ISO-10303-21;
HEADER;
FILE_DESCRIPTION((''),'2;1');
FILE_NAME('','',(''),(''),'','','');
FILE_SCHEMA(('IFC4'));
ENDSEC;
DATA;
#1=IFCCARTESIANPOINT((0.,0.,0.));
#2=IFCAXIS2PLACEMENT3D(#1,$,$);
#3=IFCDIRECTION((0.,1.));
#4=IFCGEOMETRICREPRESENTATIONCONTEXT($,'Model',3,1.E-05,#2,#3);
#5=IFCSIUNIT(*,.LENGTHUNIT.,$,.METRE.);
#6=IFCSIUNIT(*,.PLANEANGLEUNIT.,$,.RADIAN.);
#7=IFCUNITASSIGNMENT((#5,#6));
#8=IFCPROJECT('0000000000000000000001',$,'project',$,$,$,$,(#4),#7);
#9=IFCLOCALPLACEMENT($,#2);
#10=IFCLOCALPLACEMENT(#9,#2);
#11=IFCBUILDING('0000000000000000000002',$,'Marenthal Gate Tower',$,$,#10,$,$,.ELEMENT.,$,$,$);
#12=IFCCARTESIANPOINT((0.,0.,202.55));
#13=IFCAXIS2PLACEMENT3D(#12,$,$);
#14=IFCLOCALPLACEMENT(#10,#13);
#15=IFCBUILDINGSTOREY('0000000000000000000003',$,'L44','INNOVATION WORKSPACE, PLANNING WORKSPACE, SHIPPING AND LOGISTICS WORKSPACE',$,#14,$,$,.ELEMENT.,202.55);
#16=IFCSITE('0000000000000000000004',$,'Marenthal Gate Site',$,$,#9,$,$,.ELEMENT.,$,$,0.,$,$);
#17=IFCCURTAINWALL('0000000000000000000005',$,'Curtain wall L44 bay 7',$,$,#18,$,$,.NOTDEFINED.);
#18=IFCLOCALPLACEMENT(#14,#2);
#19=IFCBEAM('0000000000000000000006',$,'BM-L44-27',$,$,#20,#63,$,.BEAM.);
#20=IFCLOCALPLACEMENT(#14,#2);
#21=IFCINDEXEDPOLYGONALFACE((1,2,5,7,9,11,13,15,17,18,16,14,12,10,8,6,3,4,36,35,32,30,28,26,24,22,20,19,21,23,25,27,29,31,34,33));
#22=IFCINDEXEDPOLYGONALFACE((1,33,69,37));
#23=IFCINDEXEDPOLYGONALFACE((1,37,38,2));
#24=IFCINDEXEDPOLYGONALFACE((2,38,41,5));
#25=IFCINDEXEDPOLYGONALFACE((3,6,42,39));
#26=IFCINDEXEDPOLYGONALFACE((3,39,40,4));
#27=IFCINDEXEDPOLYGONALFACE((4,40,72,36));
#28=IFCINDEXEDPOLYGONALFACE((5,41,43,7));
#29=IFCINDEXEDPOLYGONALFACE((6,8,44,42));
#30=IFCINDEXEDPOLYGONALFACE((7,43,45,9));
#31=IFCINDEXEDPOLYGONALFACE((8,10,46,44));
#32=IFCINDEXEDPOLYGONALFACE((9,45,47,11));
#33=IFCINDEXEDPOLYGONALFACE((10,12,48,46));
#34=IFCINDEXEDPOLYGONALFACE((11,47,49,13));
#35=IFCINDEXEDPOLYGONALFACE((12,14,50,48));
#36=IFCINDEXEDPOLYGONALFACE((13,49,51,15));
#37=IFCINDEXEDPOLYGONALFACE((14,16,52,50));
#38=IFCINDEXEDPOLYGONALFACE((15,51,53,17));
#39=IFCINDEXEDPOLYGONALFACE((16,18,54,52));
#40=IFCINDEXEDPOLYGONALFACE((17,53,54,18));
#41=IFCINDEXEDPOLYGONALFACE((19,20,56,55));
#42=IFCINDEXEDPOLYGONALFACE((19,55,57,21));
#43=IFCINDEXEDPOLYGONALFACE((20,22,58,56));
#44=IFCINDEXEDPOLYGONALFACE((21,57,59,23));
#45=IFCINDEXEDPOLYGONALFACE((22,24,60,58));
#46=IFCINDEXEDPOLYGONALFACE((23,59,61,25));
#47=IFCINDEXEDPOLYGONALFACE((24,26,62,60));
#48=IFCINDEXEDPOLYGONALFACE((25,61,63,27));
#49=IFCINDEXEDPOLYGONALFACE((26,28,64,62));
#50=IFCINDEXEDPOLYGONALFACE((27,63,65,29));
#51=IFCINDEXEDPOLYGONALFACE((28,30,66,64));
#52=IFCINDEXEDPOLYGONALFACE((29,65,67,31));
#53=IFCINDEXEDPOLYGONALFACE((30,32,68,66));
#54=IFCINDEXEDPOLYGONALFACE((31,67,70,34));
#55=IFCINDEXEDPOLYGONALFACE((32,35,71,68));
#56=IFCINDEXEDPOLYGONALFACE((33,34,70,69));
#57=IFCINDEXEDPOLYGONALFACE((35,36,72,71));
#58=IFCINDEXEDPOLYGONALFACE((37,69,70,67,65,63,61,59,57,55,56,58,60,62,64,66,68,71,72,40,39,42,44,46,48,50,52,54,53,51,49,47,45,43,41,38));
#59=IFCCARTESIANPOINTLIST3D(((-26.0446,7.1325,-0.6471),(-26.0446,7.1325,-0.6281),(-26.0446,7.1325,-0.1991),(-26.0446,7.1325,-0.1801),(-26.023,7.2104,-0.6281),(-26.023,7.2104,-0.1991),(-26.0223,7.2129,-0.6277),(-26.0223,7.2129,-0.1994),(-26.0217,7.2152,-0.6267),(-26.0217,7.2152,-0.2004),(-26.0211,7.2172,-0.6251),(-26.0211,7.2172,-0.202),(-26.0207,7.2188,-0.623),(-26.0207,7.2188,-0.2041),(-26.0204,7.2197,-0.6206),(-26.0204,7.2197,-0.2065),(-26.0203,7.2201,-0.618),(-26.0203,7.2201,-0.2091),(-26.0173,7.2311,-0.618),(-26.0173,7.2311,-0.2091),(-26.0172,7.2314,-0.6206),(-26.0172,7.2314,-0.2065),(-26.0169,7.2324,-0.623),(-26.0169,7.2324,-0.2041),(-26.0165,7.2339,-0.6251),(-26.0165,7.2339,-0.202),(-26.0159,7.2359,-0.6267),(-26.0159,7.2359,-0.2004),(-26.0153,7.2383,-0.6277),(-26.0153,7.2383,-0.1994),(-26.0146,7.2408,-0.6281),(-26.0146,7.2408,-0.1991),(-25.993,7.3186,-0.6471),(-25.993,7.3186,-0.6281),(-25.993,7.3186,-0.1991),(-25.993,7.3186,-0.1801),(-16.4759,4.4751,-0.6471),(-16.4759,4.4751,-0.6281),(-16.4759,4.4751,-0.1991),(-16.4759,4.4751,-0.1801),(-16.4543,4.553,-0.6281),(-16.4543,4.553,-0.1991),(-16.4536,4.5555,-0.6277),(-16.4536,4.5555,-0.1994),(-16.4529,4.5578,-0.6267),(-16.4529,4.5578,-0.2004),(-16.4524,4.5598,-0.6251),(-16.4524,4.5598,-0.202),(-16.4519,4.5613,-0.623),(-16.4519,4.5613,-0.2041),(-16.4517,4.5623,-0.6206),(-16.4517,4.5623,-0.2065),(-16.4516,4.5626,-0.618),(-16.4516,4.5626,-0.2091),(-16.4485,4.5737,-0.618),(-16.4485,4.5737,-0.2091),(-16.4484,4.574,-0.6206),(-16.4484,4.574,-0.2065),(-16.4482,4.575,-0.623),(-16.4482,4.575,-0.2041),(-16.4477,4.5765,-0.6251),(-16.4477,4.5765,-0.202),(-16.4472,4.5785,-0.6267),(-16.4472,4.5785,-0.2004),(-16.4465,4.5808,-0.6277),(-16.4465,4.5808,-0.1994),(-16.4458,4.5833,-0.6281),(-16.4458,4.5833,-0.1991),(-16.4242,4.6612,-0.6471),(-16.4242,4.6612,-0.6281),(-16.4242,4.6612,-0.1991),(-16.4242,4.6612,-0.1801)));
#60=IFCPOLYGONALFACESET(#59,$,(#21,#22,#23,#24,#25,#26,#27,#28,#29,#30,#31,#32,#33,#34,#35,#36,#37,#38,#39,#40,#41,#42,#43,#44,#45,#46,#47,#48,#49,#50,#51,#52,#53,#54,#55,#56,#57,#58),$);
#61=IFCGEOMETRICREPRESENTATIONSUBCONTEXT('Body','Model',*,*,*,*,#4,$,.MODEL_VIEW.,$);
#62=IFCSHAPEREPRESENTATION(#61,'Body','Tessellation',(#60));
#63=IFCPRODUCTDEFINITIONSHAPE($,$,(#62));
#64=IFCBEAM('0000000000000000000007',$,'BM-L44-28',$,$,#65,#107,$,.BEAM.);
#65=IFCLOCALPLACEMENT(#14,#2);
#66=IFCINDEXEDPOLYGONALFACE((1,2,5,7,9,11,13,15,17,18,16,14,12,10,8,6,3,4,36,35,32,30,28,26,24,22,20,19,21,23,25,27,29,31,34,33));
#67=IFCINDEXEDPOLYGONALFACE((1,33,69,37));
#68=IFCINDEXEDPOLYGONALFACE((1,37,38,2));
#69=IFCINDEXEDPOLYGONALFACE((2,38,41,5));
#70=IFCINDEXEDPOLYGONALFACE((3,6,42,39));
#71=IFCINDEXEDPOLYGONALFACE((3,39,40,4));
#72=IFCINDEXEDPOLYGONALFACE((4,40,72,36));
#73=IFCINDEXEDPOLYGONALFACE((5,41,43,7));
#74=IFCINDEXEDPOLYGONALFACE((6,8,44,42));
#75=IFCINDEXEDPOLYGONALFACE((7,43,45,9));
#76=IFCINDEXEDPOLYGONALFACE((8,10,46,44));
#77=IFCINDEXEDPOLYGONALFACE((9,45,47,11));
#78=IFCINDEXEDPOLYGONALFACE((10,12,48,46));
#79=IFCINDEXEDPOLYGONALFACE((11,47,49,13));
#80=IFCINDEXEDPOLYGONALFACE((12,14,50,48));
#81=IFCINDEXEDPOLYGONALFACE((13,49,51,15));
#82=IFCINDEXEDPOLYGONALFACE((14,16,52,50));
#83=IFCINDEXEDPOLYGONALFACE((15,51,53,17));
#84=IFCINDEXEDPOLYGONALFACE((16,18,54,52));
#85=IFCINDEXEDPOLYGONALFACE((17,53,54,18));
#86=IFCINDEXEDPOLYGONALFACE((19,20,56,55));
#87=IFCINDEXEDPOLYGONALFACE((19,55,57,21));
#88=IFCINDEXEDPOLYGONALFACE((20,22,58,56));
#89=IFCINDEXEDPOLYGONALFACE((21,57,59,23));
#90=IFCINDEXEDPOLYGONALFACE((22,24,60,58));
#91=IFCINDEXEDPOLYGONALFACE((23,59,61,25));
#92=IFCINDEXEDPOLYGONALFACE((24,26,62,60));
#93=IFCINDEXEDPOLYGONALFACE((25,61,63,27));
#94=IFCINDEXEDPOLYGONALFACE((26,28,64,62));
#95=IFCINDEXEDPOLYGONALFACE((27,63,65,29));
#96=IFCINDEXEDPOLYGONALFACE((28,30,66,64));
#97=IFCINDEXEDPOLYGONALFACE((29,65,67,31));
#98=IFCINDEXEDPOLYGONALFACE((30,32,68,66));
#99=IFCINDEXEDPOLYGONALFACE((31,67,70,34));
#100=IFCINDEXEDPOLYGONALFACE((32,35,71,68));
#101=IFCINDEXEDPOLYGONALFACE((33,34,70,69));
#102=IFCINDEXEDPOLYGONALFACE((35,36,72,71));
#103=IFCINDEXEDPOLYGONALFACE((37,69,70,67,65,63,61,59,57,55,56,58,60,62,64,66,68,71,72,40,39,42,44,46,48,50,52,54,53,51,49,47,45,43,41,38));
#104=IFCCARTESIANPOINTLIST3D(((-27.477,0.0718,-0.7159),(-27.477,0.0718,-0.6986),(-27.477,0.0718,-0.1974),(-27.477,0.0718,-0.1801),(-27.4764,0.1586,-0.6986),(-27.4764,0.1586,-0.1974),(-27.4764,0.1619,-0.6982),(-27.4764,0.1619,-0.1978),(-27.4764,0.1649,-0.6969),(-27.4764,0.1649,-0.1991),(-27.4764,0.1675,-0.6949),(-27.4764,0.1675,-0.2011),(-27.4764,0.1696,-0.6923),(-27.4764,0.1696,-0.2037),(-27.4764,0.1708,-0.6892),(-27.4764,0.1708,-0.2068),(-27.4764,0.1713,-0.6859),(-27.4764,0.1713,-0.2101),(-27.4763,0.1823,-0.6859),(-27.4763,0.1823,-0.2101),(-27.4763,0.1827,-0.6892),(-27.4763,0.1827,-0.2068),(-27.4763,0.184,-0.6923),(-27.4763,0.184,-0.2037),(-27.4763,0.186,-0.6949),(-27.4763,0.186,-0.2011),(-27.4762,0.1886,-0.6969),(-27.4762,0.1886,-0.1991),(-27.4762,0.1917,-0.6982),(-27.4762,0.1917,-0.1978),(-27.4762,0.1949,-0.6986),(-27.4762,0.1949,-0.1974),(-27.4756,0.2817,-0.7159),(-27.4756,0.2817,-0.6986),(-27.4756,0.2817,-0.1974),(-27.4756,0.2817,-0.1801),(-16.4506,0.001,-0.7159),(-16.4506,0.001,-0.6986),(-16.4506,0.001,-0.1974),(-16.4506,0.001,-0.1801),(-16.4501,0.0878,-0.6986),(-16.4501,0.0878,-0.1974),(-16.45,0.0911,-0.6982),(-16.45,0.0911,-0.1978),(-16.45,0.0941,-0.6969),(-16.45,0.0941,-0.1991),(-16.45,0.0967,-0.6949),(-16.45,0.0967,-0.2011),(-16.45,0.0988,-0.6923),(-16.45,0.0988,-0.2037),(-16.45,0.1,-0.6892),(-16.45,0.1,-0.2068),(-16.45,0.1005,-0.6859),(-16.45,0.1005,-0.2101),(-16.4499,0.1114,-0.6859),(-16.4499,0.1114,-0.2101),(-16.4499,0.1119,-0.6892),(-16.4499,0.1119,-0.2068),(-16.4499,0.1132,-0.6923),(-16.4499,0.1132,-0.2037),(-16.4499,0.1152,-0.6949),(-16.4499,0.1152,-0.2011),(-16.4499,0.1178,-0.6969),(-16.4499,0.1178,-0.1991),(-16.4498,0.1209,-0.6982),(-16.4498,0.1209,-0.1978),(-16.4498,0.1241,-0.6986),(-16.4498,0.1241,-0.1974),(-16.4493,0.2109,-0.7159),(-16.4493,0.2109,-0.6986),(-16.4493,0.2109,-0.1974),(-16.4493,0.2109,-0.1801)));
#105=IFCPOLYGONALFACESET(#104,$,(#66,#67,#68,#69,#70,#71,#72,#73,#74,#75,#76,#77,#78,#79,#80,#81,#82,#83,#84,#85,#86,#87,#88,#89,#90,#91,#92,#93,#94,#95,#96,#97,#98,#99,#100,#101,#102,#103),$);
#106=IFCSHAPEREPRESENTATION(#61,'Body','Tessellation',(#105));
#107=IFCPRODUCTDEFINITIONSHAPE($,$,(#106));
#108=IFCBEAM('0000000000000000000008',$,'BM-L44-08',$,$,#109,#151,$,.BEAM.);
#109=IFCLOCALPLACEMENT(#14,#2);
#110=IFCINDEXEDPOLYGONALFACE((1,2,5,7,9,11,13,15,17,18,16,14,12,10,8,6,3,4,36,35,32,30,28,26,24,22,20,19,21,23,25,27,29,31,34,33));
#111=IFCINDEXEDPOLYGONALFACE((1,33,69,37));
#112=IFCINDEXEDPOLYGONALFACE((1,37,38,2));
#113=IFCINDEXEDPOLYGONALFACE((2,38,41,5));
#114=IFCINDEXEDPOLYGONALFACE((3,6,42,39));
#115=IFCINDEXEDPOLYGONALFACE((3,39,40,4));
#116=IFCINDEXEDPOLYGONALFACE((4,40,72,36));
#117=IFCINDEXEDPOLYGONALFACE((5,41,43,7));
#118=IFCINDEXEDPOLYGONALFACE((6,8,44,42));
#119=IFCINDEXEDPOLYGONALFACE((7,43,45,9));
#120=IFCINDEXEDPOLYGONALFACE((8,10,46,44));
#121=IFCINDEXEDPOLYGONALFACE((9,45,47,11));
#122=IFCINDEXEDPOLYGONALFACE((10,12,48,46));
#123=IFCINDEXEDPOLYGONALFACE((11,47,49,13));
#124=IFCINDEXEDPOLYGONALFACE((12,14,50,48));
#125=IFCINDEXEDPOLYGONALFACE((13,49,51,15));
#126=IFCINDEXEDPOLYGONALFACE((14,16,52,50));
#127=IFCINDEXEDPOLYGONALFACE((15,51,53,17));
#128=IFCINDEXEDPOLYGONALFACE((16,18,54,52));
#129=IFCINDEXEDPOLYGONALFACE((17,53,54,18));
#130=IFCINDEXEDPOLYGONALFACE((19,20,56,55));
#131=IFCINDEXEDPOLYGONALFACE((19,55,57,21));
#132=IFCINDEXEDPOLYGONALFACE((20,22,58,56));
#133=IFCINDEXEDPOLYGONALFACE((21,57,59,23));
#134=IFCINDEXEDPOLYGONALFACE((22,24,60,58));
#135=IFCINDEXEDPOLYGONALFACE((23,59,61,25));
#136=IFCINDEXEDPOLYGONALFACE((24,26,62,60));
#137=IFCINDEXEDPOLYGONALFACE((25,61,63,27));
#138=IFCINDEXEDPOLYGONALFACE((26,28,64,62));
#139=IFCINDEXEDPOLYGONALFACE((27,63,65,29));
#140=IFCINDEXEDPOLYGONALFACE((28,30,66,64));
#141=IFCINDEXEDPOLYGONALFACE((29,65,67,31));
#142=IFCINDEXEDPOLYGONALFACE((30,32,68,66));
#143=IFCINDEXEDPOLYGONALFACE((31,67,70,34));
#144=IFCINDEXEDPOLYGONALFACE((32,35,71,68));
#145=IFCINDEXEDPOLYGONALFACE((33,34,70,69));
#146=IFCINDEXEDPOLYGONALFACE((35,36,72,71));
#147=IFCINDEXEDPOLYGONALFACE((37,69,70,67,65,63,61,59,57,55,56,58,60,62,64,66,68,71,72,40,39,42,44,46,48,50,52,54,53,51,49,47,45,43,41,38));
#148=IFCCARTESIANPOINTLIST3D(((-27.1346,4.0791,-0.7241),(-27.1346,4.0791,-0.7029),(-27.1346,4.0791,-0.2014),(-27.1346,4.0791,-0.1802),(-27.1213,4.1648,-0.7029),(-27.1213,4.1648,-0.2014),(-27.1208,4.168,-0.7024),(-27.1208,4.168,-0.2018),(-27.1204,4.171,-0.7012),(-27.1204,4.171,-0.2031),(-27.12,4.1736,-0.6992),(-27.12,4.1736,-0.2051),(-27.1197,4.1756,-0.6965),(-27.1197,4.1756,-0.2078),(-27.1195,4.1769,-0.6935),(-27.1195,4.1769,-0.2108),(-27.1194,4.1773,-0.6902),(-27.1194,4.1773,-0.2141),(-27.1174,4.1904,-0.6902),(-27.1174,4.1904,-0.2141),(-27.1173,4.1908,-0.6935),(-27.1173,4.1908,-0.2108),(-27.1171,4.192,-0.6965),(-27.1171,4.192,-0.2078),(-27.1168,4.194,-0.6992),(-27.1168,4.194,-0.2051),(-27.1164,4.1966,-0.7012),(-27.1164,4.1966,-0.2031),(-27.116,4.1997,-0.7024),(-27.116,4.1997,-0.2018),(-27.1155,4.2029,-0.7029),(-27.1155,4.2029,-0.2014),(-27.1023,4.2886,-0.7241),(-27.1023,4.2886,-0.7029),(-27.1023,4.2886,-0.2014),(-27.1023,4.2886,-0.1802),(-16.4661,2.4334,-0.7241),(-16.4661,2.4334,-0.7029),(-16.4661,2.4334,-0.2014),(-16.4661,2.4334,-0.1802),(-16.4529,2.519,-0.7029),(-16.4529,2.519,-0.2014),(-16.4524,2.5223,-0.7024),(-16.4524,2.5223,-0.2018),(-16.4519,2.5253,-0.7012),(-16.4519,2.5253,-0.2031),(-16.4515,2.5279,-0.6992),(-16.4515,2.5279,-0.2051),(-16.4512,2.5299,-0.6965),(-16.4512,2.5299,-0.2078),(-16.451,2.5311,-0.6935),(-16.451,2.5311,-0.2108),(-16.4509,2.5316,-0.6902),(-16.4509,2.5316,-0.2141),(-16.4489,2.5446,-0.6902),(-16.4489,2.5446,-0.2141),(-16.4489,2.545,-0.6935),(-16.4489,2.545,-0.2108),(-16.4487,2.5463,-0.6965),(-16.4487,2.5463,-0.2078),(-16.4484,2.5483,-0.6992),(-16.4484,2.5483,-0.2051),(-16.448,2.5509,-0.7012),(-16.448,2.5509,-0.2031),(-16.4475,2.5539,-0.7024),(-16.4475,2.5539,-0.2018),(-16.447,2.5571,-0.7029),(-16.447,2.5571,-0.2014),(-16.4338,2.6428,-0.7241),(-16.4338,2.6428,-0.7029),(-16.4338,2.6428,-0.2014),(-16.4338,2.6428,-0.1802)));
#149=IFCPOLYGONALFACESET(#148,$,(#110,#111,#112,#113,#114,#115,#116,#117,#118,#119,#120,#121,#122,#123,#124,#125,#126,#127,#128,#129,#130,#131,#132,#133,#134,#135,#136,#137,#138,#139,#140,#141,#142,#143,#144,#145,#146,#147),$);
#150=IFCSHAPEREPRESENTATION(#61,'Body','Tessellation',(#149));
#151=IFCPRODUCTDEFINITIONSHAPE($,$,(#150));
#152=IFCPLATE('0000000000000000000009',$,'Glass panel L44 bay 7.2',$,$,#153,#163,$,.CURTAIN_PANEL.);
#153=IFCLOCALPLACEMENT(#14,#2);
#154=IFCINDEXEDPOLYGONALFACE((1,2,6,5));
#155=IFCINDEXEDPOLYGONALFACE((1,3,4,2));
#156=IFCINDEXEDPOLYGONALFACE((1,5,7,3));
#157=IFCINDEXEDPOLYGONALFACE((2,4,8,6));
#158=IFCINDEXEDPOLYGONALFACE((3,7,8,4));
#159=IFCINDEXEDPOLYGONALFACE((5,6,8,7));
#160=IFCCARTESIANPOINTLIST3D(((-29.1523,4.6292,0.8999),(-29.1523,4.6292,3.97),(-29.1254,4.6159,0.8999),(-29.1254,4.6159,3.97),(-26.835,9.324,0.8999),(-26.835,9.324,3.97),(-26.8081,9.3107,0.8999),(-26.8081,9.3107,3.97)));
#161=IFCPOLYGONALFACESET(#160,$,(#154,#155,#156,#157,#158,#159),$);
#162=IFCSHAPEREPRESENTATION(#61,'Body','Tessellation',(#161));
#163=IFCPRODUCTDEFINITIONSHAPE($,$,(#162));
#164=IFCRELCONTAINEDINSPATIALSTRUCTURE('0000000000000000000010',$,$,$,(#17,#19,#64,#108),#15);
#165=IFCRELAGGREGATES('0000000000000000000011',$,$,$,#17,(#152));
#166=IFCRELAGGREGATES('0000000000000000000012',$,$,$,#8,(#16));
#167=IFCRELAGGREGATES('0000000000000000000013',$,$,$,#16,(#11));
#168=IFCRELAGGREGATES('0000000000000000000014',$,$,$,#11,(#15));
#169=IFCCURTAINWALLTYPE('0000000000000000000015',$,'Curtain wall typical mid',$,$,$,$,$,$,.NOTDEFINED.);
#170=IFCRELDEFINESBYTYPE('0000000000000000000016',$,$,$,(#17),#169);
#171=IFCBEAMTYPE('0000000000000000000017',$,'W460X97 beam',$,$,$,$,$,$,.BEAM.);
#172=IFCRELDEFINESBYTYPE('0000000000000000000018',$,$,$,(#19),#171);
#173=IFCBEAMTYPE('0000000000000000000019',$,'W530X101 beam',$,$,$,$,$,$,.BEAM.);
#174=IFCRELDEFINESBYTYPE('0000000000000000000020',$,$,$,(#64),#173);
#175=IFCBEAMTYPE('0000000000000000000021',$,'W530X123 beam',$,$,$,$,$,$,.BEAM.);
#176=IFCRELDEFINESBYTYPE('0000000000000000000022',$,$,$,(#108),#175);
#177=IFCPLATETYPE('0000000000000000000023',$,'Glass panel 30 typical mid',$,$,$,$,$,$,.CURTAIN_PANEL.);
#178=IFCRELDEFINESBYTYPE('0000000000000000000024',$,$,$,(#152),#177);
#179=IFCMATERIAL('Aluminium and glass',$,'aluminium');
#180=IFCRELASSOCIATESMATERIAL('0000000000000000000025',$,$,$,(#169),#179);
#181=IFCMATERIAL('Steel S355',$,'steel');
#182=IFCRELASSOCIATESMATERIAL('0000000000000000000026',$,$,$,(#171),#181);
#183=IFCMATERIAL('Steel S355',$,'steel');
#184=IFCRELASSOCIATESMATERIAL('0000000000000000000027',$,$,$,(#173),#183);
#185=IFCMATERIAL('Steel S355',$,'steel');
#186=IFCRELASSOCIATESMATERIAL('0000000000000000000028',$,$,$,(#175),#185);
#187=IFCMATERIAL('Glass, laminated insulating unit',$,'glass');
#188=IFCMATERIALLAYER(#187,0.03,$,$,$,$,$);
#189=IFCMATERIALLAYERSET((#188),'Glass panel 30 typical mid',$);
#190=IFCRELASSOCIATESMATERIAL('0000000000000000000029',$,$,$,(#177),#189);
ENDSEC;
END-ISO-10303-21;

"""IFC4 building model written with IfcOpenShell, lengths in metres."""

from ifc_helpers import new_model, si_unit, direction, frame, origin, origin_2d, place, context, subcontext, project, spatial, rectangle, i_section, extrude, material, layer, layer_set, material_profile, profile_set, type_object, element, aggregate, save


model = new_model("IFC4")

# Units and contexts
model_context = context("Model", 3, precision=1e-05, world=origin(), true_north=direction((0.0, 1.0)))
body_context = subcontext(model_context, "Body", "Model", "MODEL_VIEW")
ifc_project = project(units=[si_unit("LENGTHUNIT", "METRE"), si_unit("PLANEANGLEUNIT", "RADIAN")], contexts=[model_context])

# Site, building, storey
site_placement = place(None, origin())
site = spatial("IfcSite", under=ifc_project, at=site_placement, Name="Marenthal Gate Site", CompositionType="ELEMENT", RefElevation=0.0)
building_placement = place(site_placement, origin())
building = spatial("IfcBuilding", under=site, at=building_placement, Name="Marenthal Gate Tower", CompositionType="ELEMENT")
storey_placement = place(building_placement, frame((0.0, 0.0, 202.55)))
storey = spatial("IfcBuildingStorey", under=building, at=storey_placement, Name="L44", Description="INNOVATION WORKSPACE, PLANNING WORKSPACE, SHIPPING AND LOGISTICS WORKSPACE", CompositionType="ELEMENT", Elevation=202.55)

# Curtain wall
ifc_material_1 = material(Name="Aluminium and glass", Category="aluminium")
curtain_wall_type = type_object("IfcCurtainWallType", Name="Curtain wall typical mid", PredefinedType="NOTDEFINED", material=ifc_material_1)
curtain_wall_placement = place(storey_placement, origin())
curtain_wall = element("IfcCurtainWall", 1, at=curtain_wall_placement, inside=storey, type_object=curtain_wall_type, Name="Curtain wall L44 bay 7", PredefinedType="NOTDEFINED")

# Beams
ifc_material_2 = material(Name="Steel S355", Category="steel")
ifc_material_profile_1 = material_profile(ifc_material_2, i_section(OverallWidth=0.1931, OverallDepth=0.467, WebThickness=0.0115, FlangeThickness=0.019, FilletRadius=0.01, at=origin_2d()), Name="W460X97")
ifc_profile_set_1 = profile_set([ifc_material_profile_1], Name="Steel S355")
beam_type_1 = type_object("IfcBeamType", Name="W460X97 beam", PredefinedType="BEAM", material=ifc_profile_set_1)
beam_1_placement = place(storey_placement, frame((-26.0188, 7.2256, -0.4136), z_axis=(0.963532, -0.267593, 0.0), x_axis=(0.267593, 0.963532, 0.0)))
element("IfcBeam", 2, at=beam_1_placement, inside=storey, type_object=beam_type_1, Name="BM-L44-27", PredefinedType="BEAM", context=body_context, shape_type="SweptSolid", body=[
    extrude(i_section(OverallWidth=0.1931, OverallDepth=0.467, WebThickness=0.0115, FlangeThickness=0.019, FilletRadius=0.01, at=origin_2d()), origin(), (0.0, 0.0, 1.0), 9.9309),
])
ifc_material_3 = material(Name="Steel S355", Category="steel")
ifc_material_profile_2 = material_profile(ifc_material_3, i_section(OverallWidth=0.21, OverallDepth=0.5359, WebThickness=0.011, FlangeThickness=0.0173, FilletRadius=0.0127, at=origin_2d()), Name="W530X101")
ifc_profile_set_2 = profile_set([ifc_material_profile_2], Name="Steel S355")
beam_type_2 = type_object("IfcBeamType", Name="W530X101 beam", PredefinedType="BEAM", material=ifc_profile_set_2)
beam_2_placement = place(storey_placement, frame((-27.4763, 0.1768, -0.448), z_axis=(0.999979, -0.006421, 0.0), x_axis=(0.006421, 0.999979, 0.0)))
element("IfcBeam", 3, at=beam_2_placement, inside=storey, type_object=beam_type_2, Name="BM-L44-28", PredefinedType="BEAM", context=body_context, shape_type="SweptSolid", body=[
    extrude(i_section(OverallWidth=0.21, OverallDepth=0.5359, WebThickness=0.011, FlangeThickness=0.0173, FilletRadius=0.0127, at=origin_2d()), origin(), (0.0, 0.0, 1.0), 11.0266),
])
ifc_material_4 = material(Name="Steel S355", Category="steel")
ifc_material_profile_3 = material_profile(ifc_material_4, i_section(OverallWidth=0.2119, OverallDepth=0.5439, WebThickness=0.0132, FlangeThickness=0.0212, FilletRadius=0.0127, at=origin_2d()), Name="W530X123")
ifc_profile_set_3 = profile_set([ifc_material_profile_3], Name="Steel S355")
beam_type_3 = type_object("IfcBeamType", Name="W530X123 beam", PredefinedType="BEAM", material=ifc_profile_set_3)
beam_3_placement = place(storey_placement, frame((-27.1184, 4.1838, -0.4521), z_axis=(0.98831, -0.15246, 0.0), x_axis=(0.15246, 0.98831, 0.0)))
element("IfcBeam", 4, at=beam_3_placement, inside=storey, type_object=beam_type_3, Name="BM-L44-08", PredefinedType="BEAM", context=body_context, shape_type="SweptSolid", body=[
    extrude(i_section(OverallWidth=0.2119, OverallDepth=0.5439, WebThickness=0.0132, FlangeThickness=0.0212, FilletRadius=0.0127, at=origin_2d()), origin(), (0.0, 0.0, 1.0), 10.7947),
])

# Plate
ifc_material_5 = material(Name="Glass, laminated insulating unit", Category="glass")
ifc_layer_1 = layer(ifc_material_5, 0.03)
ifc_layer_set_1 = layer_set([ifc_layer_1], Name="Glass panel 30 typical mid")
plate_type = type_object("IfcPlateType", Name="Glass panel 30 typical mid", PredefinedType="CURTAIN_PANEL", material=ifc_layer_set_1)
plate_placement = place(storey_placement, frame((-27.9802, 6.97, 0.8999), z_axis=(0.0, 0.0, 1.0), x_axis=(-0.442607, -0.896716, 0.0)))
plate = element("IfcPlate", 5, at=plate_placement, type_object=plate_type, Name="Glass panel L44 bay 7.2", PredefinedType="CURTAIN_PANEL", context=body_context, shape_type="SweptSolid", body=[
    extrude(rectangle(XDim=5.2356, YDim=0.03, at=origin_2d()), origin(), (0.0, 0.0, 1.0), 3.0701),
])
aggregate(curtain_wall, [plate])

save(model, "model.ifc")
